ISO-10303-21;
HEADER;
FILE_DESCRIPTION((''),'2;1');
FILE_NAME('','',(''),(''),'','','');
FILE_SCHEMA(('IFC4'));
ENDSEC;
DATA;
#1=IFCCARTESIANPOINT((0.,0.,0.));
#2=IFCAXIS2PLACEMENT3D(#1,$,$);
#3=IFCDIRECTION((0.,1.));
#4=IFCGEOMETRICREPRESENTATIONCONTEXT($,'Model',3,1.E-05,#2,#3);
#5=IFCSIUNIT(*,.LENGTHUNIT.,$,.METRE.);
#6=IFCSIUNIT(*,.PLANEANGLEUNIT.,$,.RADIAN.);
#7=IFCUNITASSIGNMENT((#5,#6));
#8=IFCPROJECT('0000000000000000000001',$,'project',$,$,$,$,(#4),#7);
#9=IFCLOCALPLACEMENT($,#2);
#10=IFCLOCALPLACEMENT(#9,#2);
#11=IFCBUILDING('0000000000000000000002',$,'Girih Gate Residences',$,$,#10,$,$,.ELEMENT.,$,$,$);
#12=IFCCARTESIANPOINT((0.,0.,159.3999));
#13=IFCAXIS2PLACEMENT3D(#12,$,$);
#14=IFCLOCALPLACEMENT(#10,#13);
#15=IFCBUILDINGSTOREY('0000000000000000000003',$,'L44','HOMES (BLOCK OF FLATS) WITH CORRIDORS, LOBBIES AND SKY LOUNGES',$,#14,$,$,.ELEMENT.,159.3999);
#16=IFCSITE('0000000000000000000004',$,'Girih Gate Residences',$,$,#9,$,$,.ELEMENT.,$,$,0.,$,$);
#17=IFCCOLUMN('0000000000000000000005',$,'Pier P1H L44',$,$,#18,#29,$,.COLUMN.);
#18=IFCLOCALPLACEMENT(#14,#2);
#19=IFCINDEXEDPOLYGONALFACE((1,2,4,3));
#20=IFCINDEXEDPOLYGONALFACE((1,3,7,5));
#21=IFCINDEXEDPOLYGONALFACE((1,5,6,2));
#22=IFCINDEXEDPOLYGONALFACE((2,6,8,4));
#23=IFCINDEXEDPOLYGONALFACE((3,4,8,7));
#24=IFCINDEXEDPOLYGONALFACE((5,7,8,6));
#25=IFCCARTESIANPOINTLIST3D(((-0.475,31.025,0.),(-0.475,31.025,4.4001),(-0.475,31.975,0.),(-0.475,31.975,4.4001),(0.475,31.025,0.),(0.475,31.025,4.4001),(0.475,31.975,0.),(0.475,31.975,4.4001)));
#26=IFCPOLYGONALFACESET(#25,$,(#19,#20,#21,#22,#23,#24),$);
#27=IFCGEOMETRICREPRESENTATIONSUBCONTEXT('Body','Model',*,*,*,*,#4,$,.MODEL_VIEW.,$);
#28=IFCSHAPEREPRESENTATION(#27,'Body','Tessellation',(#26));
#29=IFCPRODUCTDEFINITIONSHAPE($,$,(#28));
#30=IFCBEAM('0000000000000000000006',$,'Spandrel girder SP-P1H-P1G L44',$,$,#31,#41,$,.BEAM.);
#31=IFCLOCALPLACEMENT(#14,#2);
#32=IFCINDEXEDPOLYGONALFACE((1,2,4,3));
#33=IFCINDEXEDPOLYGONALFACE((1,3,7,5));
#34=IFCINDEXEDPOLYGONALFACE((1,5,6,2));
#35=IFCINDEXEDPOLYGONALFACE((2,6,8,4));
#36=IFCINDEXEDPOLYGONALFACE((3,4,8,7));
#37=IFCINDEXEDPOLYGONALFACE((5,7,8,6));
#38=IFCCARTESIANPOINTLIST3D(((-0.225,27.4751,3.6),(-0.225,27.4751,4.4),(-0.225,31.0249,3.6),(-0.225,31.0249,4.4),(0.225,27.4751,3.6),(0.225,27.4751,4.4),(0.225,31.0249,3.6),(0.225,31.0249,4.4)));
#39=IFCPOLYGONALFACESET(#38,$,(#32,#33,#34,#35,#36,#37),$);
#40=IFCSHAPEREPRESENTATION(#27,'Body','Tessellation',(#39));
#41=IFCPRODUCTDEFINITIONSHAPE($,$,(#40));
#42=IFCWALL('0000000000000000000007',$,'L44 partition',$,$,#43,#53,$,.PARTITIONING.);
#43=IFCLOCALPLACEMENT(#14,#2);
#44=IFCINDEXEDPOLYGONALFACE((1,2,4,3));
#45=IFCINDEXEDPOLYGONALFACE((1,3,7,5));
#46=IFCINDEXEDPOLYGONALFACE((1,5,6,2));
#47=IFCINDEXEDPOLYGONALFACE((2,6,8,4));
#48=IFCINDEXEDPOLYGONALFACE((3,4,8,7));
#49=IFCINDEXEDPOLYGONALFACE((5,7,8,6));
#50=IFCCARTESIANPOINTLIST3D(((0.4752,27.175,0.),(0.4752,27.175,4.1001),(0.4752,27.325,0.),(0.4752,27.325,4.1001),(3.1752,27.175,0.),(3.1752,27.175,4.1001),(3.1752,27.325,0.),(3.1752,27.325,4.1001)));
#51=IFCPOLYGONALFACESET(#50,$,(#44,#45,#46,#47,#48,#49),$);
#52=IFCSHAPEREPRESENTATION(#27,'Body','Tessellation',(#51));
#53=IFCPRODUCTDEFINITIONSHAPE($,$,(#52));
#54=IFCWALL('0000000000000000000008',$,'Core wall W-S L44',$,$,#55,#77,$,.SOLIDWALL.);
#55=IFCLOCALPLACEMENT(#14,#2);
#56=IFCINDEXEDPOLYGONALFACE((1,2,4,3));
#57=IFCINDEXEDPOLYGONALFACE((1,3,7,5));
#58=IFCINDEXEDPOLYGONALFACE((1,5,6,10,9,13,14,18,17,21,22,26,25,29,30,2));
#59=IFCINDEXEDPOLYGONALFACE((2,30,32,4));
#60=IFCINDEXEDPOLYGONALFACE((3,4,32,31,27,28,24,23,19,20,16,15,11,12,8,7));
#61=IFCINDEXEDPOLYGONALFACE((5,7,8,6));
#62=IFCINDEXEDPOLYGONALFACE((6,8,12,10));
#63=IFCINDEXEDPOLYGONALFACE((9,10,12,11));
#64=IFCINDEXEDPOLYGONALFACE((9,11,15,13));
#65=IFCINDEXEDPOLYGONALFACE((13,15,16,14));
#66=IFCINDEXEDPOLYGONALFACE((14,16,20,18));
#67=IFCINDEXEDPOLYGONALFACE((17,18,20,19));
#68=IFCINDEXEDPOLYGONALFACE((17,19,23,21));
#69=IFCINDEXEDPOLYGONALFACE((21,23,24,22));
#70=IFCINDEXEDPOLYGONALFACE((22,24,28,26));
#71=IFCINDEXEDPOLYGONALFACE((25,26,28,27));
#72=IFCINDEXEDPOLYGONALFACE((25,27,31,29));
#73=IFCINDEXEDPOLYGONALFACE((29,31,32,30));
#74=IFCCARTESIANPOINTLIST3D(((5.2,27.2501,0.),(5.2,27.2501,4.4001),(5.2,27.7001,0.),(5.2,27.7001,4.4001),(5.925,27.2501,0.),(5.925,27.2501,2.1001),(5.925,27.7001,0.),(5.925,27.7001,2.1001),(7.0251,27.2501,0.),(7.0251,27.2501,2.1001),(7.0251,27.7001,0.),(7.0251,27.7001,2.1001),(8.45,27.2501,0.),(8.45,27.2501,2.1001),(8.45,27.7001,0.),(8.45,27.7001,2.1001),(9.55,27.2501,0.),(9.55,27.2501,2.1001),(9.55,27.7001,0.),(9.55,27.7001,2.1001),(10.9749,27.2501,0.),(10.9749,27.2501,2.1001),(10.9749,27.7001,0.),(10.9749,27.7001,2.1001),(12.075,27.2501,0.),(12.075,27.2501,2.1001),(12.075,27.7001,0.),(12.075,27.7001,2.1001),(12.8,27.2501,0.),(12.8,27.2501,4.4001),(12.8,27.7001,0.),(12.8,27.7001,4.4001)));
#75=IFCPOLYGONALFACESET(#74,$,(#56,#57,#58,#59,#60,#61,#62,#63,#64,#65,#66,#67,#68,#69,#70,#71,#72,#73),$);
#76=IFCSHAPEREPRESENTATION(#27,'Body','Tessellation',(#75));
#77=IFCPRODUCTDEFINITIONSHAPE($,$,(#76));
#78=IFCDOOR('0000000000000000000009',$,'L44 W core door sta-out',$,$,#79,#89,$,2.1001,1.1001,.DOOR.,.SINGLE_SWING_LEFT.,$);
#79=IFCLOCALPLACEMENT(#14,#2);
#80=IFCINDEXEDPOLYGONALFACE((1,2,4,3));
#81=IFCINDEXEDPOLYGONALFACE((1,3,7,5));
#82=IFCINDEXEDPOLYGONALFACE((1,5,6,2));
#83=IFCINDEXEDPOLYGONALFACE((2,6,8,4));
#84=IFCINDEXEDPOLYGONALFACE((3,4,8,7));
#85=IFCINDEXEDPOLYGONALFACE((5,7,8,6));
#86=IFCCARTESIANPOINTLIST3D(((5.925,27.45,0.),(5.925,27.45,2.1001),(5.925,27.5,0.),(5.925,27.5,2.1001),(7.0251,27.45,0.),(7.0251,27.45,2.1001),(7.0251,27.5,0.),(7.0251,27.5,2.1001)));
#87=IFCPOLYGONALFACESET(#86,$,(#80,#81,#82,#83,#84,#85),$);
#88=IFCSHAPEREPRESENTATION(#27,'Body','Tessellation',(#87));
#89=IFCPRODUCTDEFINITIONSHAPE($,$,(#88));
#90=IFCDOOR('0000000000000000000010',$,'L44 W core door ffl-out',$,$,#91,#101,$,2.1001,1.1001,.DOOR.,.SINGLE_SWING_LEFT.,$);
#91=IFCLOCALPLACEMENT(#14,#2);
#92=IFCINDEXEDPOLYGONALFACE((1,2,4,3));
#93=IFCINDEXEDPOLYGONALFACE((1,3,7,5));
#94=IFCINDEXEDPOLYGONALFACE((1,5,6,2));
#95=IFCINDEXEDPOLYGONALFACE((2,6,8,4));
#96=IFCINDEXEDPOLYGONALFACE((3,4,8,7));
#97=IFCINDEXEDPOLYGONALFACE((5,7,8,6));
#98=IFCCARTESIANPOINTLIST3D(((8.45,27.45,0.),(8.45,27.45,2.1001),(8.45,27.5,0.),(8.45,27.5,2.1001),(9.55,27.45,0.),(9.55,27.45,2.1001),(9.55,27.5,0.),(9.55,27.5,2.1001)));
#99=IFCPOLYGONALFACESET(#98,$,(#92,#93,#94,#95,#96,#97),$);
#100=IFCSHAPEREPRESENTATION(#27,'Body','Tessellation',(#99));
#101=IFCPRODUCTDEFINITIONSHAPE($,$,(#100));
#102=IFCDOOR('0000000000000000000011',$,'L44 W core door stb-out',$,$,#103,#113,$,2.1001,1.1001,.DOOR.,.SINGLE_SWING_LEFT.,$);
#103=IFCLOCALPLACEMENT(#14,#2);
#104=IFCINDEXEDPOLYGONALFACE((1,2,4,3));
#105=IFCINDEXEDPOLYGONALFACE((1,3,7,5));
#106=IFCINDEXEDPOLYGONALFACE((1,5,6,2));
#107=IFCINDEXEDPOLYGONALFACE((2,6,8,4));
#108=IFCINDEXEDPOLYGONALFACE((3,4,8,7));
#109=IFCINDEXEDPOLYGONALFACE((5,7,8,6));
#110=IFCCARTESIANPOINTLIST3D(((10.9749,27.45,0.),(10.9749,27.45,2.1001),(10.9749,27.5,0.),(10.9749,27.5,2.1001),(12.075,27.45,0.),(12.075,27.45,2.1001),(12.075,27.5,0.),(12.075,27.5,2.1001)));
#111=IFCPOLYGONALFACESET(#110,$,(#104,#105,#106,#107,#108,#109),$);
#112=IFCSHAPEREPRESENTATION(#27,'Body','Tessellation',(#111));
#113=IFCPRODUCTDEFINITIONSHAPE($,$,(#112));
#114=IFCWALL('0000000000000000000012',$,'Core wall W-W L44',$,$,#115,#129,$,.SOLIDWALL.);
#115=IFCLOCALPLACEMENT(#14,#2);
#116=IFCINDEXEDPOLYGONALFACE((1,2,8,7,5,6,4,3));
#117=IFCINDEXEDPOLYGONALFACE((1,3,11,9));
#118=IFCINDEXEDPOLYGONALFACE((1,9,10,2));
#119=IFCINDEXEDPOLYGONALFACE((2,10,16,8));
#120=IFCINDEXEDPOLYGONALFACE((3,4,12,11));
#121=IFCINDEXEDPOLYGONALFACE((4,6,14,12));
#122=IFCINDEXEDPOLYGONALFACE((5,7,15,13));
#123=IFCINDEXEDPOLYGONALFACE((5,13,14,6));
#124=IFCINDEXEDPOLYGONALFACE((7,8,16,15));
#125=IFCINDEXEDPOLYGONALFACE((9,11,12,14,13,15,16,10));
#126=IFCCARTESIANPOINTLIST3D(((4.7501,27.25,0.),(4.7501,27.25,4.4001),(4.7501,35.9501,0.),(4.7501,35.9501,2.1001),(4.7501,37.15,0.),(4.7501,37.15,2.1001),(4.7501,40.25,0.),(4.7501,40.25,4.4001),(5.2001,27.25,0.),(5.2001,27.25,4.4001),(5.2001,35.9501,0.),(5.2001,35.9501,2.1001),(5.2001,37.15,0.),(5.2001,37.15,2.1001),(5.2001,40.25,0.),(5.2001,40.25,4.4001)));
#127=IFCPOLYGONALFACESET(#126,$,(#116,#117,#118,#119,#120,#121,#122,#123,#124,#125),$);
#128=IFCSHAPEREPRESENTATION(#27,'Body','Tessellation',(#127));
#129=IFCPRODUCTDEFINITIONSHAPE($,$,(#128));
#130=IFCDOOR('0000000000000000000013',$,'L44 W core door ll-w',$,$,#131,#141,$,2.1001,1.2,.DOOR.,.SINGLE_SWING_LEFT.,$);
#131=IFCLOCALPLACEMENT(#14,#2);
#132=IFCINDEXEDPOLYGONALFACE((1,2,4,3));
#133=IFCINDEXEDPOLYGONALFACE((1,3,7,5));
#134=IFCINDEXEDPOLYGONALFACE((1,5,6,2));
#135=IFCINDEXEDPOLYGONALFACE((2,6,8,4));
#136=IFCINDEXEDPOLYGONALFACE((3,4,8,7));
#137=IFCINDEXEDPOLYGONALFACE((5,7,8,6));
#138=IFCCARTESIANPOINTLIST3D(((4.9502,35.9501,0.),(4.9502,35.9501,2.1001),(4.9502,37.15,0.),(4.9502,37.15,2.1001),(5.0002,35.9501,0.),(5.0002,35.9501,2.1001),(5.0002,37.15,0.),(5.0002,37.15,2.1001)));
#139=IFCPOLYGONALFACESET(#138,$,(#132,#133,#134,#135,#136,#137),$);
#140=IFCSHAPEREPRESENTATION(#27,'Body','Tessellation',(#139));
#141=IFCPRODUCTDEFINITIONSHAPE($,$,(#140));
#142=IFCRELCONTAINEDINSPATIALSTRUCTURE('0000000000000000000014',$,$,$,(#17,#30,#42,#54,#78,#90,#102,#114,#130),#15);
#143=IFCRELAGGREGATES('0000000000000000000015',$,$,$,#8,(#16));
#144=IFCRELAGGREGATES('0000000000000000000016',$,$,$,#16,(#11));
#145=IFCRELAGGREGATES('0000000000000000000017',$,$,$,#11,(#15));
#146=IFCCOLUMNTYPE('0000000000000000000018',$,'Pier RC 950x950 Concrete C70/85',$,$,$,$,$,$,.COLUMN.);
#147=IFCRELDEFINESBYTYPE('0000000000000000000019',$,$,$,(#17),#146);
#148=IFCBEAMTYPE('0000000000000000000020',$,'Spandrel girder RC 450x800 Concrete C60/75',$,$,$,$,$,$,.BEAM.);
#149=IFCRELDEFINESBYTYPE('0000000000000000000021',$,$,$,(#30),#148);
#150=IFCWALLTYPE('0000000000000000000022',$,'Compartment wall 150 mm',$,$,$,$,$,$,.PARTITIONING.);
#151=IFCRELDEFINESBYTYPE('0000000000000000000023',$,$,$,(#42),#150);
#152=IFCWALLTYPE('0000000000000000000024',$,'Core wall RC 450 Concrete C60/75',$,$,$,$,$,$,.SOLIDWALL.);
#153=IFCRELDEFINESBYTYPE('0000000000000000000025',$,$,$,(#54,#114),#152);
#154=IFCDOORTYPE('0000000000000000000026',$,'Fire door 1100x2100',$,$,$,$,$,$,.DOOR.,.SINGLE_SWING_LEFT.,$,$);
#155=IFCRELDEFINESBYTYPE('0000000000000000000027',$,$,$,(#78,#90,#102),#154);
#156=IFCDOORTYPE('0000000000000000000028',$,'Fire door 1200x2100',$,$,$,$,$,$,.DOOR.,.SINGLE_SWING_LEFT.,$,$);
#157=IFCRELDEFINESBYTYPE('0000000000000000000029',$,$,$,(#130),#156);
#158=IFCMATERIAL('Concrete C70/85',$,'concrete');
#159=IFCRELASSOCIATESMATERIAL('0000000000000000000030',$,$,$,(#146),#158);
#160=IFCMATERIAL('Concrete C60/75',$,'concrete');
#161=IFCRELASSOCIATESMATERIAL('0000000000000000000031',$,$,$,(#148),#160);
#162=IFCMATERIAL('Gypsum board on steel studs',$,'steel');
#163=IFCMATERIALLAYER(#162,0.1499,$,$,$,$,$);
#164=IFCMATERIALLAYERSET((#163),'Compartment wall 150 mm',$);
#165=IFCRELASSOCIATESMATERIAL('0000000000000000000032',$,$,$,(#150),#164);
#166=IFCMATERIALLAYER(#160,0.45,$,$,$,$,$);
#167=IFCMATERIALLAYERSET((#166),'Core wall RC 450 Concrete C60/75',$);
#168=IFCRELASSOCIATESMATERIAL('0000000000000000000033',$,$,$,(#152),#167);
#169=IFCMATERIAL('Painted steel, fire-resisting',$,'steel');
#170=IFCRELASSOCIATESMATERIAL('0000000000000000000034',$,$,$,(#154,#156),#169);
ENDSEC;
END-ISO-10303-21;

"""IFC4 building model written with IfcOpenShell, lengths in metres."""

from ifc_helpers import new_model, si_unit, direction, frame, frame_2d, origin, origin_2d, place, context, subcontext, project, spatial, rectangle, extrude, material, layer, layer_set, material_profile, profile_set, type_object, element, fill, save


model = new_model("IFC4")

# Units and contexts
model_context = context("Model", 3, precision=1e-05, world=origin(), true_north=direction((0.0, 1.0)))
body_context = subcontext(model_context, "Body", "Model", "MODEL_VIEW")
ifc_project = project(units=[si_unit("LENGTHUNIT", "METRE"), si_unit("PLANEANGLEUNIT", "RADIAN")], contexts=[model_context])

# Site, building, storey
site_placement = place(None, origin())
site = spatial("IfcSite", under=ifc_project, at=site_placement, Name="Girih Gate Residences", CompositionType="ELEMENT", RefElevation=0.0)
building_placement = place(site_placement, origin())
building = spatial("IfcBuilding", under=site, at=building_placement, Name="Girih Gate Residences", CompositionType="ELEMENT")
storey_placement = place(building_placement, frame((0.0, 0.0, 159.3999)))
storey = spatial("IfcBuildingStorey", under=building, at=storey_placement, Name="L44", Description="HOMES (BLOCK OF FLATS) WITH CORRIDORS, LOBBIES AND SKY LOUNGES", CompositionType="ELEMENT", Elevation=159.3999)

# Column
ifc_material_1 = material(Name="Concrete C70/85", Category="concrete")
ifc_material_profile_1 = material_profile(ifc_material_1, rectangle(XDim=0.95, YDim=0.95, at=origin_2d()))
ifc_profile_set_1 = profile_set([ifc_material_profile_1], Name="Concrete C70/85")
column_type = type_object("IfcColumnType", Name="Pier RC 950x950 Concrete C70/85", PredefinedType="COLUMN", material=ifc_profile_set_1)
column_placement = place(storey_placement, frame((0.0, 31.5, 0.0), z_axis=(0.0, 0.0, 1.0), x_axis=(1.0, 0.0, 0.0)))
element("IfcColumn", 1, at=column_placement, inside=storey, type_object=column_type, Name="Pier P1H L44", PredefinedType="COLUMN", context=body_context, shape_type="SweptSolid", body=[
    extrude(rectangle(XDim=0.95, YDim=0.95, at=origin_2d()), origin(), (0.0, 0.0, 1.0), 4.4001),
])

# Beam
ifc_material_2 = material(Name="Concrete C60/75", Category="concrete")
ifc_material_profile_2 = material_profile(ifc_material_2, rectangle(XDim=0.45, YDim=0.8, at=origin_2d()))
ifc_profile_set_2 = profile_set([ifc_material_profile_2], Name="Concrete C60/75")
beam_type = type_object("IfcBeamType", Name="Spandrel girder RC 450x800 Concrete C60/75", PredefinedType="BEAM", material=ifc_profile_set_2)
beam_placement = place(storey_placement, frame((0.0, 31.0249, 4.0), z_axis=(0.0, -1.0, 0.0), x_axis=(1.0, 0.0, 0.0)))
element("IfcBeam", 2, at=beam_placement, inside=storey, type_object=beam_type, Name="Spandrel girder SP-P1H-P1G L44", PredefinedType="BEAM", context=body_context, shape_type="SweptSolid", body=[
    extrude(rectangle(XDim=0.45, YDim=0.8, at=origin_2d()), origin(), (0.0, 0.0, 1.0), 3.5498),
])

# Wall
ifc_material_3 = material(Name="Gypsum board on steel studs", Category="steel")
ifc_layer_1 = layer(ifc_material_3, 0.1499)
ifc_layer_set_1 = layer_set([ifc_layer_1], Name="Compartment wall 150 mm")
wall_type_1 = type_object("IfcWallType", Name="Compartment wall 150 mm", PredefinedType="PARTITIONING", material=ifc_layer_set_1)
wall_1_placement = place(storey_placement, frame((0.4751, 27.25, 0.0), z_axis=(0.0, 0.0, 1.0), x_axis=(1.0, 0.0, 0.0)))
element("IfcWall", 3, at=wall_1_placement, inside=storey, type_object=wall_type_1, Name="L44 partition", PredefinedType="PARTITIONING", context=body_context, shape_type="SweptSolid", body=[
    extrude(rectangle(XDim=2.7, YDim=0.1499, at=frame_2d((1.3501, 0.0))), origin(), (0.0, 0.0, 1.0), 4.1001),
])

# Wall, openings, doors
ifc_layer_2 = layer(ifc_material_2, 0.45)
ifc_layer_set_2 = layer_set([ifc_layer_2], Name="Core wall RC 450 Concrete C60/75")
wall_type_2 = type_object("IfcWallType", Name="Core wall RC 450 Concrete C60/75", PredefinedType="SOLIDWALL", material=ifc_layer_set_2)
wall_2_placement = place(storey_placement, frame((5.2, 27.4751, 0.0), z_axis=(0.0, 0.0, 1.0), x_axis=(1.0, 0.0, 0.0)))
wall_2 = element("IfcWall", 4, at=wall_2_placement, inside=storey, type_object=wall_type_2, Name="Core wall W-S L44", PredefinedType="SOLIDWALL", context=body_context, shape_type="SweptSolid", body=[
    extrude(rectangle(XDim=7.6001, YDim=0.45, at=frame_2d((3.8, 0.0))), origin(), (0.0, 0.0, 1.0), 4.4001),
])
opening_1_placement = place(wall_2_placement, frame((0.7251, 0.0, 0.0)))
opening_1 = element("IfcOpeningElement", 5, at=opening_1_placement, cuts=wall_2, PredefinedType="OPENING", context=body_context, shape_type="SweptSolid", body=[
    extrude(rectangle(XDim=1.1001, YDim=2.1001, at=frame_2d((0.55, 1.05))), frame((0.0, 0.2349, 0.0), z_axis=(0.0, -1.0, 0.0), x_axis=(1.0, 0.0, 0.0)), (0.0, 0.0, 1.0), 0.47),
])
opening_2_placement = place(wall_2_placement, frame((3.25, 0.0, 0.0)))
opening_2 = element("IfcOpeningElement", 6, at=opening_2_placement, cuts=wall_2, PredefinedType="OPENING", context=body_context, shape_type="SweptSolid", body=[
    extrude(rectangle(XDim=1.1001, YDim=2.1001, at=frame_2d((0.55, 1.05))), frame((0.0, 0.2349, 0.0), z_axis=(0.0, -1.0, 0.0), x_axis=(1.0, 0.0, 0.0)), (0.0, 0.0, 1.0), 0.47),
])
opening_3_placement = place(wall_2_placement, frame((5.7749, 0.0, 0.0)))
opening_3 = element("IfcOpeningElement", 7, at=opening_3_placement, cuts=wall_2, PredefinedType="OPENING", context=body_context, shape_type="SweptSolid", body=[
    extrude(rectangle(XDim=1.1001, YDim=2.1001, at=frame_2d((0.55, 1.05))), frame((0.0, 0.2349, 0.0), z_axis=(0.0, -1.0, 0.0), x_axis=(1.0, 0.0, 0.0)), (0.0, 0.0, 1.0), 0.47),
])
ifc_material_4 = material(Name="Painted steel, fire-resisting", Category="steel")
door_type_1 = type_object("IfcDoorType", Name="Fire door 1100x2100", OperationType="SINGLE_SWING_LEFT", PredefinedType="DOOR", material=ifc_material_4)
door_1_placement = place(opening_1_placement, origin())
door_1 = element("IfcDoor", 8, at=door_1_placement, inside=storey, type_object=door_type_1, Name="L44 W core door sta-out", OperationType="SINGLE_SWING_LEFT", OverallHeight=2.1001, OverallWidth=1.1001, PredefinedType="DOOR", context=body_context, shape_type="SweptSolid", body=[
    extrude(rectangle(XDim=1.1001, YDim=2.1001, at=frame_2d((0.55, 1.05))), frame((0.0, 0.0249, 0.0), z_axis=(0.0, -1.0, 0.0), x_axis=(1.0, 0.0, 0.0)), (0.0, 0.0, 1.0), 0.05),
])
fill(opening_1, door_1)
door_2_placement = place(opening_2_placement, origin())
door_2 = element("IfcDoor", 9, at=door_2_placement, inside=storey, type_object=door_type_1, Name="L44 W core door ffl-out", OperationType="SINGLE_SWING_LEFT", OverallHeight=2.1001, OverallWidth=1.1001, PredefinedType="DOOR", context=body_context, shape_type="SweptSolid", body=[
    extrude(rectangle(XDim=1.1001, YDim=2.1001, at=frame_2d((0.55, 1.05))), frame((0.0, 0.0249, 0.0), z_axis=(0.0, -1.0, 0.0), x_axis=(1.0, 0.0, 0.0)), (0.0, 0.0, 1.0), 0.05),
])
fill(opening_2, door_2)
door_3_placement = place(opening_3_placement, origin())
door_3 = element("IfcDoor", 10, at=door_3_placement, inside=storey, type_object=door_type_1, Name="L44 W core door stb-out", OperationType="SINGLE_SWING_LEFT", OverallHeight=2.1001, OverallWidth=1.1001, PredefinedType="DOOR", context=body_context, shape_type="SweptSolid", body=[
    extrude(rectangle(XDim=1.1001, YDim=2.1001, at=frame_2d((0.55, 1.05))), frame((0.0, 0.0249, 0.0), z_axis=(0.0, -1.0, 0.0), x_axis=(1.0, 0.0, 0.0)), (0.0, 0.0, 1.0), 0.05),
])
fill(opening_3, door_3)

# Wall, opening, door
wall_3_placement = place(storey_placement, frame((4.9751, 27.25, 0.0), z_axis=(0.0, 0.0, 1.0), x_axis=(0.0, 1.0, 0.0)))
wall_3 = element("IfcWall", 11, at=wall_3_placement, inside=storey, type_object=wall_type_2, Name="Core wall W-W L44", PredefinedType="SOLIDWALL", context=body_context, shape_type="SweptSolid", body=[
    extrude(rectangle(XDim=13.0, YDim=0.45, at=frame_2d((6.5, 0.0))), origin(), (0.0, 0.0, 1.0), 4.4001),
])
opening_4_placement = place(wall_3_placement, frame((8.7, 0.0, 0.0)))
opening_4 = element("IfcOpeningElement", 12, at=opening_4_placement, cuts=wall_3, PredefinedType="OPENING", context=body_context, shape_type="SweptSolid", body=[
    extrude(rectangle(XDim=1.2, YDim=2.1001, at=frame_2d((0.6001, 1.05))), frame((0.0, 0.2349, 0.0), z_axis=(0.0, -1.0, 0.0), x_axis=(1.0, 0.0, 0.0)), (0.0, 0.0, 1.0), 0.47),
])
door_type_2 = type_object("IfcDoorType", Name="Fire door 1200x2100", OperationType="SINGLE_SWING_LEFT", PredefinedType="DOOR", material=ifc_material_4)
door_4_placement = place(opening_4_placement, origin())
door_4 = element("IfcDoor", 13, at=door_4_placement, inside=storey, type_object=door_type_2, Name="L44 W core door ll-w", OperationType="SINGLE_SWING_LEFT", OverallHeight=2.1001, OverallWidth=1.2, PredefinedType="DOOR", context=body_context, shape_type="SweptSolid", body=[
    extrude(rectangle(XDim=1.2, YDim=2.1001, at=frame_2d((0.6001, 1.05))), frame((0.0, 0.0249, 0.0), z_axis=(0.0, -1.0, 0.0), x_axis=(1.0, 0.0, 0.0)), (0.0, 0.0, 1.0), 0.05),
])
fill(opening_4, door_4)

save(model, "model.ifc")
